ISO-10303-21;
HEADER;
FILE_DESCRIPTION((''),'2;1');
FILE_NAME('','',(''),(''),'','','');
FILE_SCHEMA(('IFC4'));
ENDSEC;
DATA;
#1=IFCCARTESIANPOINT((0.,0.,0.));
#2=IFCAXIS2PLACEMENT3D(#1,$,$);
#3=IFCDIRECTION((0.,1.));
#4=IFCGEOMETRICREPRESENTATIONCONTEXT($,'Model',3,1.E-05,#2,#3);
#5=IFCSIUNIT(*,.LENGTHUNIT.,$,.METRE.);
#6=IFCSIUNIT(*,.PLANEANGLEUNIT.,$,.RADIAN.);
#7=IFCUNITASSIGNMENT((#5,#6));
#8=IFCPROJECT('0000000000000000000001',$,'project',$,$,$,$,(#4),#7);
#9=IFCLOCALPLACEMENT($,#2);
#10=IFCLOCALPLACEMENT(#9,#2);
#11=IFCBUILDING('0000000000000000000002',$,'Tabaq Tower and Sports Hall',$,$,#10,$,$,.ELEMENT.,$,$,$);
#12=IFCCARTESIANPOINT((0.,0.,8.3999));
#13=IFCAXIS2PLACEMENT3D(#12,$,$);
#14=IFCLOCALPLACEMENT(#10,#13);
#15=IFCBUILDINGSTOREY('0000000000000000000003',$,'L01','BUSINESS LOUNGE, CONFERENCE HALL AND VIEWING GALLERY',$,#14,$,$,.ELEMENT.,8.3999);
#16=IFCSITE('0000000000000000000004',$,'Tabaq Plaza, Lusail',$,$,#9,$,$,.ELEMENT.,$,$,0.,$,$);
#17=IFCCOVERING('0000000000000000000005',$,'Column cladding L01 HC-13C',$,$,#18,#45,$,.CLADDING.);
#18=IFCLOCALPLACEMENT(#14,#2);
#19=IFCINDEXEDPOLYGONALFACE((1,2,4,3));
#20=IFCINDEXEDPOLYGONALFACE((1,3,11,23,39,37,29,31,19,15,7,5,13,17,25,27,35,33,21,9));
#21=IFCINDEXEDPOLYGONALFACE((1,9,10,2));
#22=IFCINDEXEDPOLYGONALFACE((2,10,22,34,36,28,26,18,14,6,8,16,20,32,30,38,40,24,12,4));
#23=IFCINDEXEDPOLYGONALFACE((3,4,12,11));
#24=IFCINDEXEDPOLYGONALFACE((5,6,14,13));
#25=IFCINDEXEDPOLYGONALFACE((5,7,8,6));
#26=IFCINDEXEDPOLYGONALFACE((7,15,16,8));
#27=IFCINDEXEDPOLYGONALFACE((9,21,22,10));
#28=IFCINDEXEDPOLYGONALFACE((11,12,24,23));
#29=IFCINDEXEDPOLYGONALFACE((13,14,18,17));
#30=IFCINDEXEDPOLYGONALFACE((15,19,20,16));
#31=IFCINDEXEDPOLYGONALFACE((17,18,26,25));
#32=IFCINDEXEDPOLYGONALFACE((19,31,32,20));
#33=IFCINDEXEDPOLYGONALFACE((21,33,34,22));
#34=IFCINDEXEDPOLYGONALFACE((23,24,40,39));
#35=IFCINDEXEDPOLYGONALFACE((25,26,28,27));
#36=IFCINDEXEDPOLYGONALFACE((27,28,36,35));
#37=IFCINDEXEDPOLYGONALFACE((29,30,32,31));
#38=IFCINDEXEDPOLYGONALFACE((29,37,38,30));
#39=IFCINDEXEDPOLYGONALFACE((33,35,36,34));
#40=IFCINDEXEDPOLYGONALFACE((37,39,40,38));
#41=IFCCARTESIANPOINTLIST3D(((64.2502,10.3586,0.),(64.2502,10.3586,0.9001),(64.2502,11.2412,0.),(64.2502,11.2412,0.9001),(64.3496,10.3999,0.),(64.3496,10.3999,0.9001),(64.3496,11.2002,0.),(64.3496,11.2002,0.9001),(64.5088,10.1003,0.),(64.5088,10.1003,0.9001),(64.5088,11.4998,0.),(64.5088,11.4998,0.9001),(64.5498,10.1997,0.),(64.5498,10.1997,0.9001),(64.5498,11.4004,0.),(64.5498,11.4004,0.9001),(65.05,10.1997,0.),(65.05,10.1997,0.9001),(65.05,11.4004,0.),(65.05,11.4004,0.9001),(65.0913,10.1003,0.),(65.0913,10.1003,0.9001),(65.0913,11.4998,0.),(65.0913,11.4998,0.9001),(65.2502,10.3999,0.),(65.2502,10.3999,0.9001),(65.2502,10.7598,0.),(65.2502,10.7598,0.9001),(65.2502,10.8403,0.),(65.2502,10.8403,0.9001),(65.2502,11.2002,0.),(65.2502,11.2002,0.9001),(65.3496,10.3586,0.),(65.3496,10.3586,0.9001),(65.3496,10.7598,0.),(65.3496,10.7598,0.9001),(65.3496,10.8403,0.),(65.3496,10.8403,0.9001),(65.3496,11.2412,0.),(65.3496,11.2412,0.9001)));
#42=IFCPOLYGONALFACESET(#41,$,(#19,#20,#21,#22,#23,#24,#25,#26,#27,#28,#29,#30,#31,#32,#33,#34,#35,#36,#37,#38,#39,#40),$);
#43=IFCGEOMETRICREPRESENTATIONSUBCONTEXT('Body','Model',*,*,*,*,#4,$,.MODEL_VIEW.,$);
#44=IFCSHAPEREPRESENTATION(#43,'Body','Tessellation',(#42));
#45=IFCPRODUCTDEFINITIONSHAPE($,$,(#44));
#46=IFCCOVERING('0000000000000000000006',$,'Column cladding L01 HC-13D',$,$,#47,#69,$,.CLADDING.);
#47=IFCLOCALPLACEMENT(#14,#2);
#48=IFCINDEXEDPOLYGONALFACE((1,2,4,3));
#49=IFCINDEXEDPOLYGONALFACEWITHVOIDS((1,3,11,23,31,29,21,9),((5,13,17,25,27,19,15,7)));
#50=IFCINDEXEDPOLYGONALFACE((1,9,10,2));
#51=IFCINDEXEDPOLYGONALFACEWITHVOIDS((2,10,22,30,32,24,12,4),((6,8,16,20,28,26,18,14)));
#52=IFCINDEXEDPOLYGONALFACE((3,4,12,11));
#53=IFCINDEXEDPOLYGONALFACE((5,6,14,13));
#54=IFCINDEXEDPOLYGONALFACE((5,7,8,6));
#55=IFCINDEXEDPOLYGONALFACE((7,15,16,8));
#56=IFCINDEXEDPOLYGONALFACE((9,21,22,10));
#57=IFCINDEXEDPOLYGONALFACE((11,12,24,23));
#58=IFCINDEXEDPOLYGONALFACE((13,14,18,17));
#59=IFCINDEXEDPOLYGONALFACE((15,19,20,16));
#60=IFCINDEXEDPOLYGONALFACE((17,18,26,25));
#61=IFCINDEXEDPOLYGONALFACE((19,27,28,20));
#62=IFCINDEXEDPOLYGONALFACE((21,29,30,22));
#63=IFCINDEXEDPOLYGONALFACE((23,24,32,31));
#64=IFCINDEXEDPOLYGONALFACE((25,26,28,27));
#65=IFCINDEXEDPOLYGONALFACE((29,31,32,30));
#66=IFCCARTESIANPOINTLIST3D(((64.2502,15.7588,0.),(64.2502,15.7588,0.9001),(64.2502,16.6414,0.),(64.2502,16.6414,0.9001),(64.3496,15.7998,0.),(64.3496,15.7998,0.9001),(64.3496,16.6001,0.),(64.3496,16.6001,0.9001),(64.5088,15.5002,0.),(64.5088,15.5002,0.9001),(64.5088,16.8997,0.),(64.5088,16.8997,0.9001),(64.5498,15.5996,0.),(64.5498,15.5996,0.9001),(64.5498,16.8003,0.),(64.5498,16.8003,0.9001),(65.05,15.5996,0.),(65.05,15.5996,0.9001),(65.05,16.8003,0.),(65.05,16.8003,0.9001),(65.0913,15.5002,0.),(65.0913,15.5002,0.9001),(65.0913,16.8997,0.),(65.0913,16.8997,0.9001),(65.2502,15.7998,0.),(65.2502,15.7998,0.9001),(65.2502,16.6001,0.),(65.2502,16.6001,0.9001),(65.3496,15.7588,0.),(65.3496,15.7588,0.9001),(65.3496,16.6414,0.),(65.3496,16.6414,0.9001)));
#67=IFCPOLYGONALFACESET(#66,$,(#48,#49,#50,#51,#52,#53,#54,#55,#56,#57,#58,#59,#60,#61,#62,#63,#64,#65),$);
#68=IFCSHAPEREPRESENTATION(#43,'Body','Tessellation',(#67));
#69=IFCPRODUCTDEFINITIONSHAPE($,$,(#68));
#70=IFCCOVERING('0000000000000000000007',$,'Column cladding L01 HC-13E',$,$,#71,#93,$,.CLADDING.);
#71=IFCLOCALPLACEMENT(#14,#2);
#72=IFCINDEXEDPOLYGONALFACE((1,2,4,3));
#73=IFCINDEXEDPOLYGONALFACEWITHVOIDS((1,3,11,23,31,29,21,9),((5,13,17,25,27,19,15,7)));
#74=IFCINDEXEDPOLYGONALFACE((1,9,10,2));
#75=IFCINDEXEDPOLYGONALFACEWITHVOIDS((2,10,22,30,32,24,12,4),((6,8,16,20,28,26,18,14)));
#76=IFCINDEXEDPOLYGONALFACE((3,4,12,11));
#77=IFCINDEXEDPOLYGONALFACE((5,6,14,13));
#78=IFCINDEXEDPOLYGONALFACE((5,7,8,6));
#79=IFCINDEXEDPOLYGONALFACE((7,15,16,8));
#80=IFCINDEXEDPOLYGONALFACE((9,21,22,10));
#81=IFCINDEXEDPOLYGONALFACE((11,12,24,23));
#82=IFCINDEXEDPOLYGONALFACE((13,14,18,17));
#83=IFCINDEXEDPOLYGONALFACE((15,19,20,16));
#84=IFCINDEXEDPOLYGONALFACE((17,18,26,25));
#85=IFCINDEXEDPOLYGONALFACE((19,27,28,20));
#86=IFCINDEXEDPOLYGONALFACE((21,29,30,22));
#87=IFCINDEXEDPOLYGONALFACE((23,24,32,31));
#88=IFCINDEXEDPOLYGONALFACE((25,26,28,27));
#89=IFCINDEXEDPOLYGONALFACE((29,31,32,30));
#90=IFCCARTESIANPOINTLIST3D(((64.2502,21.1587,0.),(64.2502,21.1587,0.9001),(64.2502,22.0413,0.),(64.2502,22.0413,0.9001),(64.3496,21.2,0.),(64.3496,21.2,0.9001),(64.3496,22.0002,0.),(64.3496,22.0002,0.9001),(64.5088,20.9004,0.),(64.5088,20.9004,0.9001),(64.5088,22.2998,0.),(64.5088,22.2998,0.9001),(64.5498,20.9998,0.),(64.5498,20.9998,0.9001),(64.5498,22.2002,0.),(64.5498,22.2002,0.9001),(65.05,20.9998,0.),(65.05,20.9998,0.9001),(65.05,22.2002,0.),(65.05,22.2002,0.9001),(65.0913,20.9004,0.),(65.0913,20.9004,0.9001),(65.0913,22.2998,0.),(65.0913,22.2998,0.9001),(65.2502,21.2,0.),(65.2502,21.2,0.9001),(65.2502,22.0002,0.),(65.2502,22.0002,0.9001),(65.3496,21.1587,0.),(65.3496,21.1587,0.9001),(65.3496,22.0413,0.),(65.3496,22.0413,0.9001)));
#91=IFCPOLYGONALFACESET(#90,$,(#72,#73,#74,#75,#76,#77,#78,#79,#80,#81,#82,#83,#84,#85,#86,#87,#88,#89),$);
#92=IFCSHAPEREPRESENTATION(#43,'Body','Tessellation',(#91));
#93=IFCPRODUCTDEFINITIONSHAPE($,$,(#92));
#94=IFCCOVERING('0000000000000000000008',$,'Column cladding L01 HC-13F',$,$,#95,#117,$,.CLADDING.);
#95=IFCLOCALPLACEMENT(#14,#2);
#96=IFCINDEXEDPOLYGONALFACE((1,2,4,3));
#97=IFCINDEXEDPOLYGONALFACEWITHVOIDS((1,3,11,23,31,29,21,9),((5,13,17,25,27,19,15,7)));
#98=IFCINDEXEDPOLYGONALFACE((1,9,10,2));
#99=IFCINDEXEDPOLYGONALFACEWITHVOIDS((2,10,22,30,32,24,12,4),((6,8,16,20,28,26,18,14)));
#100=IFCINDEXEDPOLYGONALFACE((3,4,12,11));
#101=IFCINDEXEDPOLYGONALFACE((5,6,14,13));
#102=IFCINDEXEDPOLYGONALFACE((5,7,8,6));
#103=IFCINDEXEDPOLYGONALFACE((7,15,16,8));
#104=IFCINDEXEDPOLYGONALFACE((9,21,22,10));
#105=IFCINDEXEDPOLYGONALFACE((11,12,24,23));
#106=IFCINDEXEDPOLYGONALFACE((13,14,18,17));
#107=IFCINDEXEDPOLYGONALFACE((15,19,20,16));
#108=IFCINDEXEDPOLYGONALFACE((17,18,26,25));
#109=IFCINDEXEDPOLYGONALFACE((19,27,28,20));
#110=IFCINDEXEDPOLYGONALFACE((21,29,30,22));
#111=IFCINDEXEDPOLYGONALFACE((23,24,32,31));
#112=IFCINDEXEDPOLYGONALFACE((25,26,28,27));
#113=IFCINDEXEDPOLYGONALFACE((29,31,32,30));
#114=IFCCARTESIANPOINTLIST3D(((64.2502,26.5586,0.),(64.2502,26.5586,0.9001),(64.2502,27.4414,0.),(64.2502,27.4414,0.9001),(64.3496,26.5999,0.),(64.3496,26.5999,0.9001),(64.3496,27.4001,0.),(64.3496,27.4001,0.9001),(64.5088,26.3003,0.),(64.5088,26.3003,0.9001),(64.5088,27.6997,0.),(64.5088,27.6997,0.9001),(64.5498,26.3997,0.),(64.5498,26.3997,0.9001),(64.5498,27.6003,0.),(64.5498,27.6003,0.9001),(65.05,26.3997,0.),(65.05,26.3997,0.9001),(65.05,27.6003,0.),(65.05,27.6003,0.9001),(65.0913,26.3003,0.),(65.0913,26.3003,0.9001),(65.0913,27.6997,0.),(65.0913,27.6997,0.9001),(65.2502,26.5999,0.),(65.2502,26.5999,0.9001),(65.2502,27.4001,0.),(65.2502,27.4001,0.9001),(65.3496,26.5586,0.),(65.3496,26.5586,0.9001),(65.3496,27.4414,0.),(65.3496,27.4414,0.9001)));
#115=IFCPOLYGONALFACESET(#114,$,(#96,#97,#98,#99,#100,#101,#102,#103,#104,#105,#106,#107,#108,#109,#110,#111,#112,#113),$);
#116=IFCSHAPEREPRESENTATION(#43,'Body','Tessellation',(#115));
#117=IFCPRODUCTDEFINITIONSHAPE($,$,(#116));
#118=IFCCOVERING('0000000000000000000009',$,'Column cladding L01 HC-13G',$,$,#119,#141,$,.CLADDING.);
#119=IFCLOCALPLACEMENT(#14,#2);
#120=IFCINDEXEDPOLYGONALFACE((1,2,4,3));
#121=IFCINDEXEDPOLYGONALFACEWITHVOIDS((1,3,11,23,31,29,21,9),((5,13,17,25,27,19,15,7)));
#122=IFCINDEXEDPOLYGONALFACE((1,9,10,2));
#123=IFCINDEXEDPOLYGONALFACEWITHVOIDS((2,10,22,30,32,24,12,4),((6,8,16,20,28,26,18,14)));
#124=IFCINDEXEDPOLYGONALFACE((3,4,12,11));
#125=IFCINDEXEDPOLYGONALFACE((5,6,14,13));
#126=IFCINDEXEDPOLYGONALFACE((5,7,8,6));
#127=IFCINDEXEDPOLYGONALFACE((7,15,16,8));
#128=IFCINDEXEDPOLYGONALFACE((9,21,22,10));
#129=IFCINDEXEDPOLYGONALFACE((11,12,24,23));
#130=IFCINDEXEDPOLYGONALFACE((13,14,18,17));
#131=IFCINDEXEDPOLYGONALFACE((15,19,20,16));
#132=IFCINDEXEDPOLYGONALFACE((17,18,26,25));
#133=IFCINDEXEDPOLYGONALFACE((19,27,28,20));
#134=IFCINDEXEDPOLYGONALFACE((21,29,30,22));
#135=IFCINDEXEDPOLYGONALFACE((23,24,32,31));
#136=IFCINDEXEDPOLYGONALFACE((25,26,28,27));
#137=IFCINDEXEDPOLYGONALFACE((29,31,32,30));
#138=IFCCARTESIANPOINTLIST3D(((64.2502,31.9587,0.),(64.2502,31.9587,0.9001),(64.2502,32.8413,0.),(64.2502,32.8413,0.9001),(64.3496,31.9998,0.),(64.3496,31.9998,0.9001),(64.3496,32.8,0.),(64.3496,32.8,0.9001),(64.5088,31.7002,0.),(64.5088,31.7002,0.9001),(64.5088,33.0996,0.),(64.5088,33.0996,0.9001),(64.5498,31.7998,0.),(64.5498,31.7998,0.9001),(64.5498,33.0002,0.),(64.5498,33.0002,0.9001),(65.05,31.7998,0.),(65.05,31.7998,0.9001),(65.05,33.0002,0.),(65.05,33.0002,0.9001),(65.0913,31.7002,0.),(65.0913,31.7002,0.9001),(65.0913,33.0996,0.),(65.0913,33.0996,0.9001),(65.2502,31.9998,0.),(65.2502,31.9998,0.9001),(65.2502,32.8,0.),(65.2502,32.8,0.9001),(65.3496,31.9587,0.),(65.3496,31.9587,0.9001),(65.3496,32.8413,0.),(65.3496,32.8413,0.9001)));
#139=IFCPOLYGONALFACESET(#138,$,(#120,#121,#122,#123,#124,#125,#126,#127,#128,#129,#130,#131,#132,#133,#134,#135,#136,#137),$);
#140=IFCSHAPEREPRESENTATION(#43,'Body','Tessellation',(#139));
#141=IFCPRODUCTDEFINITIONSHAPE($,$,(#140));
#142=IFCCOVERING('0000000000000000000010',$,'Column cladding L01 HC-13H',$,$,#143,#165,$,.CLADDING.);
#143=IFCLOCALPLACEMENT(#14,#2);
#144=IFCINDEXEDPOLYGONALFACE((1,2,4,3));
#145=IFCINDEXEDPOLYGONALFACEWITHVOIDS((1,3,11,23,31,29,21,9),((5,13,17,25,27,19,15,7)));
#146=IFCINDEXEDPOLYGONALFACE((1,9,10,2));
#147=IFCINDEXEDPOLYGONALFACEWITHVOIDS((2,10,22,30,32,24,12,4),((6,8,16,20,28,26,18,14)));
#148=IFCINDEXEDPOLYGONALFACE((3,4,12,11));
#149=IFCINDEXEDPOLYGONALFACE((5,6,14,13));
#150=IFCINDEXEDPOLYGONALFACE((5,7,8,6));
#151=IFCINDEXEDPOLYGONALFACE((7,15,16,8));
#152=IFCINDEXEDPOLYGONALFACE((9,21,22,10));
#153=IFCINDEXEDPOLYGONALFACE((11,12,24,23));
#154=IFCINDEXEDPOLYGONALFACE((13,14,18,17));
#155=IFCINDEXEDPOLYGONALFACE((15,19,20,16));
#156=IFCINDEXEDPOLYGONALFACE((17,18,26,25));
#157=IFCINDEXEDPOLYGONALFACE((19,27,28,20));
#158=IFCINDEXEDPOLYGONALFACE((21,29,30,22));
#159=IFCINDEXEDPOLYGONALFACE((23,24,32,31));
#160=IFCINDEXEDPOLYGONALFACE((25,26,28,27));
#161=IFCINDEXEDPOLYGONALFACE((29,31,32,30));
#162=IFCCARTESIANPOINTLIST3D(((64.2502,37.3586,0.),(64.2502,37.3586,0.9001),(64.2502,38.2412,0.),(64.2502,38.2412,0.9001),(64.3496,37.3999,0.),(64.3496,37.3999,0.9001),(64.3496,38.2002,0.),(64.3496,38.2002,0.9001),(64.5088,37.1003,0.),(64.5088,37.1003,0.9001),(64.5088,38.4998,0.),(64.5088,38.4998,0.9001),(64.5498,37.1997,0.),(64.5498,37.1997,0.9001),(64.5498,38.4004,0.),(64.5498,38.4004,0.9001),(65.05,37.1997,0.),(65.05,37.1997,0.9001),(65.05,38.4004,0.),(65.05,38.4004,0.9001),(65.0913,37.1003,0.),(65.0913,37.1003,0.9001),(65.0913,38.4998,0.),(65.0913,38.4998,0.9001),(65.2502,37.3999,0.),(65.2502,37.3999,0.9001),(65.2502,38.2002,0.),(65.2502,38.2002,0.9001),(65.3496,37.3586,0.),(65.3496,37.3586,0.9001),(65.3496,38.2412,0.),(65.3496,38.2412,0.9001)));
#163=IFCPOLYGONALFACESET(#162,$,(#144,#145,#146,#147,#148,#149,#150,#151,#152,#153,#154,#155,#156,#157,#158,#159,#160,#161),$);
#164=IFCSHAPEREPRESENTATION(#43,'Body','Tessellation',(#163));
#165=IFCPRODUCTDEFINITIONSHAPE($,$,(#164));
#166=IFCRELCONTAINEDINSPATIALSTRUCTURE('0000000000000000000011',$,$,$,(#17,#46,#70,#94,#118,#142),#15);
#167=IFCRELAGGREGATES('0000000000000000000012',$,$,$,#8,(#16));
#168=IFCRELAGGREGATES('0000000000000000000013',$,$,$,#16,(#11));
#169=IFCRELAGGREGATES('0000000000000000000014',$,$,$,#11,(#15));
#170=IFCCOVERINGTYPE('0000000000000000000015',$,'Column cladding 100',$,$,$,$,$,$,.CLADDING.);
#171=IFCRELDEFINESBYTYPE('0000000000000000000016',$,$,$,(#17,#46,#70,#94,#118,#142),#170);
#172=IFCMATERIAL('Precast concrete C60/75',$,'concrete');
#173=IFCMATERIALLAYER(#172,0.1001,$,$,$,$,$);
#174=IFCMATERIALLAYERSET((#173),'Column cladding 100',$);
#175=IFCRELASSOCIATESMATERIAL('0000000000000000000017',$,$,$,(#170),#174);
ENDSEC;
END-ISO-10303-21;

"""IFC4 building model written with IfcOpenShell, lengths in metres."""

from ifc_helpers import new_model, si_unit, direction, frame, origin, place, context, subcontext, project, spatial, polyline, outline, extrude, material, layer, layer_set, type_object, element, save


model = new_model("IFC4")

# Units and contexts
model_context = context("Model", 3, precision=1e-05, world=origin(), true_north=direction((0.0, 1.0)))
body_context = subcontext(model_context, "Body", "Model", "MODEL_VIEW")
ifc_project = project(units=[si_unit("LENGTHUNIT", "METRE"), si_unit("PLANEANGLEUNIT", "RADIAN")], contexts=[model_context])

# Site, building, storey
site_placement = place(None, origin())
site = spatial("IfcSite", under=ifc_project, at=site_placement, Name="Tabaq Plaza, Lusail", CompositionType="ELEMENT", RefElevation=0.0)
building_placement = place(site_placement, origin())
building = spatial("IfcBuilding", under=site, at=building_placement, Name="Tabaq Tower and Sports Hall", CompositionType="ELEMENT")
storey_placement = place(building_placement, frame((0.0, 0.0, 8.3999)))
storey = spatial("IfcBuildingStorey", under=building, at=storey_placement, Name="L01", Description="BUSINESS LOUNGE, CONFERENCE HALL AND VIEWING GALLERY", CompositionType="ELEMENT", Elevation=8.3999)

# Coverings
ifc_material_1 = material(Name="Precast concrete C60/75", Category="concrete")
ifc_layer_1 = layer(ifc_material_1, 0.1001)
ifc_layer_set_1 = layer_set([ifc_layer_1], Name="Column cladding 100")
covering_type = type_object("IfcCoveringType", Name="Column cladding 100", PredefinedType="CLADDING", material=ifc_layer_set_1)
covering_1_placement = place(storey_placement, origin())
element("IfcCovering", 1, at=covering_1_placement, inside=storey, type_object=covering_type, Name="Column cladding L01 HC-13C", PredefinedType="CLADDING", context=body_context, shape_type="SweptSolid", body=[
    extrude(outline(polyline([(64.5088, 10.1003), (64.2502, 10.3586), (64.2502, 11.2412), (64.5088, 11.4998), (65.0913, 11.4998), (65.3496, 11.2412), (65.3496, 10.8403), (65.2502, 10.8403), (65.2502, 11.2002), (65.05, 11.4004), (64.5498, 11.4004), (64.3496, 11.2002), (64.3496, 10.3999), (64.5498, 10.1997), (65.05, 10.1997), (65.2502, 10.3999), (65.2502, 10.7598), (65.3496, 10.7598), (65.3496, 10.3586), (65.0913, 10.1003), (64.5088, 10.1003)])), origin(), (0.0, 0.0, 1.0), 0.9001),
])
covering_2_placement = place(storey_placement, origin())
element("IfcCovering", 2, at=covering_2_placement, inside=storey, type_object=covering_type, Name="Column cladding L01 HC-13D", PredefinedType="CLADDING", context=body_context, shape_type="SweptSolid", body=[
    extrude(outline(polyline([(65.0913, 15.5002), (64.5088, 15.5002), (64.2502, 15.7588), (64.2502, 16.6414), (64.5088, 16.8997), (65.0913, 16.8997), (65.3496, 16.6414), (65.3496, 15.7588), (65.0913, 15.5002)]), holes=[polyline([(65.2502, 16.6001), (65.05, 16.8003), (64.5498, 16.8003), (64.3496, 16.6001), (64.3496, 15.7998), (64.5498, 15.5996), (65.05, 15.5996), (65.2502, 15.7998), (65.2502, 16.6001)])]), origin(), (0.0, 0.0, 1.0), 0.9001),
])
covering_3_placement = place(storey_placement, origin())
element("IfcCovering", 3, at=covering_3_placement, inside=storey, type_object=covering_type, Name="Column cladding L01 HC-13E", PredefinedType="CLADDING", context=body_context, shape_type="SweptSolid", body=[
    extrude(outline(polyline([(65.0913, 20.9004), (64.5088, 20.9004), (64.2502, 21.1587), (64.2502, 22.0413), (64.5088, 22.2998), (65.0913, 22.2998), (65.3496, 22.0413), (65.3496, 21.1587), (65.0913, 20.9004)]), holes=[polyline([(65.2502, 22.0002), (65.05, 22.2002), (64.5498, 22.2002), (64.3496, 22.0002), (64.3496, 21.2), (64.5498, 20.9998), (65.05, 20.9998), (65.2502, 21.2), (65.2502, 22.0002)])]), origin(), (0.0, 0.0, 1.0), 0.9001),
])
covering_4_placement = place(storey_placement, origin())
element("IfcCovering", 4, at=covering_4_placement, inside=storey, type_object=covering_type, Name="Column cladding L01 HC-13F", PredefinedType="CLADDING", context=body_context, shape_type="SweptSolid", body=[
    extrude(outline(polyline([(65.0913, 26.3003), (64.5088, 26.3003), (64.2502, 26.5586), (64.2502, 27.4414), (64.5088, 27.6997), (65.0913, 27.6997), (65.3496, 27.4414), (65.3496, 26.5586), (65.0913, 26.3003)]), holes=[polyline([(65.2502, 27.4001), (65.05, 27.6003), (64.5498, 27.6003), (64.3496, 27.4001), (64.3496, 26.5999), (64.5498, 26.3997), (65.05, 26.3997), (65.2502, 26.5999), (65.2502, 27.4001)])]), origin(), (0.0, 0.0, 1.0), 0.9001),
])
covering_5_placement = place(storey_placement, origin())
element("IfcCovering", 5, at=covering_5_placement, inside=storey, type_object=covering_type, Name="Column cladding L01 HC-13G", PredefinedType="CLADDING", context=body_context, shape_type="SweptSolid", body=[
    extrude(outline(polyline([(65.0913, 31.7002), (64.5088, 31.7002), (64.2502, 31.9587), (64.2502, 32.8413), (64.5088, 33.0996), (65.0913, 33.0996), (65.3496, 32.8413), (65.3496, 31.9587), (65.0913, 31.7002)]), holes=[polyline([(65.2502, 32.8), (65.05, 33.0002), (64.5498, 33.0002), (64.3496, 32.8), (64.3496, 31.9998), (64.5498, 31.7998), (65.05, 31.7998), (65.2502, 31.9998), (65.2502, 32.8)])]), origin(), (0.0, 0.0, 1.0), 0.9001),
])
covering_6_placement = place(storey_placement, origin())
element("IfcCovering", 6, at=covering_6_placement, inside=storey, type_object=covering_type, Name="Column cladding L01 HC-13H", PredefinedType="CLADDING", context=body_context, shape_type="SweptSolid", body=[
    extrude(outline(polyline([(65.0913, 37.1003), (64.5088, 37.1003), (64.2502, 37.3586), (64.2502, 38.2412), (64.5088, 38.4998), (65.0913, 38.4998), (65.3496, 38.2412), (65.3496, 37.3586), (65.0913, 37.1003)]), holes=[polyline([(65.2502, 38.2002), (65.05, 38.4004), (64.5498, 38.4004), (64.3496, 38.2002), (64.3496, 37.3999), (64.5498, 37.1997), (65.05, 37.1997), (65.2502, 37.3999), (65.2502, 38.2002)])]), origin(), (0.0, 0.0, 1.0), 0.9001),
])

save(model, "model.ifc")
